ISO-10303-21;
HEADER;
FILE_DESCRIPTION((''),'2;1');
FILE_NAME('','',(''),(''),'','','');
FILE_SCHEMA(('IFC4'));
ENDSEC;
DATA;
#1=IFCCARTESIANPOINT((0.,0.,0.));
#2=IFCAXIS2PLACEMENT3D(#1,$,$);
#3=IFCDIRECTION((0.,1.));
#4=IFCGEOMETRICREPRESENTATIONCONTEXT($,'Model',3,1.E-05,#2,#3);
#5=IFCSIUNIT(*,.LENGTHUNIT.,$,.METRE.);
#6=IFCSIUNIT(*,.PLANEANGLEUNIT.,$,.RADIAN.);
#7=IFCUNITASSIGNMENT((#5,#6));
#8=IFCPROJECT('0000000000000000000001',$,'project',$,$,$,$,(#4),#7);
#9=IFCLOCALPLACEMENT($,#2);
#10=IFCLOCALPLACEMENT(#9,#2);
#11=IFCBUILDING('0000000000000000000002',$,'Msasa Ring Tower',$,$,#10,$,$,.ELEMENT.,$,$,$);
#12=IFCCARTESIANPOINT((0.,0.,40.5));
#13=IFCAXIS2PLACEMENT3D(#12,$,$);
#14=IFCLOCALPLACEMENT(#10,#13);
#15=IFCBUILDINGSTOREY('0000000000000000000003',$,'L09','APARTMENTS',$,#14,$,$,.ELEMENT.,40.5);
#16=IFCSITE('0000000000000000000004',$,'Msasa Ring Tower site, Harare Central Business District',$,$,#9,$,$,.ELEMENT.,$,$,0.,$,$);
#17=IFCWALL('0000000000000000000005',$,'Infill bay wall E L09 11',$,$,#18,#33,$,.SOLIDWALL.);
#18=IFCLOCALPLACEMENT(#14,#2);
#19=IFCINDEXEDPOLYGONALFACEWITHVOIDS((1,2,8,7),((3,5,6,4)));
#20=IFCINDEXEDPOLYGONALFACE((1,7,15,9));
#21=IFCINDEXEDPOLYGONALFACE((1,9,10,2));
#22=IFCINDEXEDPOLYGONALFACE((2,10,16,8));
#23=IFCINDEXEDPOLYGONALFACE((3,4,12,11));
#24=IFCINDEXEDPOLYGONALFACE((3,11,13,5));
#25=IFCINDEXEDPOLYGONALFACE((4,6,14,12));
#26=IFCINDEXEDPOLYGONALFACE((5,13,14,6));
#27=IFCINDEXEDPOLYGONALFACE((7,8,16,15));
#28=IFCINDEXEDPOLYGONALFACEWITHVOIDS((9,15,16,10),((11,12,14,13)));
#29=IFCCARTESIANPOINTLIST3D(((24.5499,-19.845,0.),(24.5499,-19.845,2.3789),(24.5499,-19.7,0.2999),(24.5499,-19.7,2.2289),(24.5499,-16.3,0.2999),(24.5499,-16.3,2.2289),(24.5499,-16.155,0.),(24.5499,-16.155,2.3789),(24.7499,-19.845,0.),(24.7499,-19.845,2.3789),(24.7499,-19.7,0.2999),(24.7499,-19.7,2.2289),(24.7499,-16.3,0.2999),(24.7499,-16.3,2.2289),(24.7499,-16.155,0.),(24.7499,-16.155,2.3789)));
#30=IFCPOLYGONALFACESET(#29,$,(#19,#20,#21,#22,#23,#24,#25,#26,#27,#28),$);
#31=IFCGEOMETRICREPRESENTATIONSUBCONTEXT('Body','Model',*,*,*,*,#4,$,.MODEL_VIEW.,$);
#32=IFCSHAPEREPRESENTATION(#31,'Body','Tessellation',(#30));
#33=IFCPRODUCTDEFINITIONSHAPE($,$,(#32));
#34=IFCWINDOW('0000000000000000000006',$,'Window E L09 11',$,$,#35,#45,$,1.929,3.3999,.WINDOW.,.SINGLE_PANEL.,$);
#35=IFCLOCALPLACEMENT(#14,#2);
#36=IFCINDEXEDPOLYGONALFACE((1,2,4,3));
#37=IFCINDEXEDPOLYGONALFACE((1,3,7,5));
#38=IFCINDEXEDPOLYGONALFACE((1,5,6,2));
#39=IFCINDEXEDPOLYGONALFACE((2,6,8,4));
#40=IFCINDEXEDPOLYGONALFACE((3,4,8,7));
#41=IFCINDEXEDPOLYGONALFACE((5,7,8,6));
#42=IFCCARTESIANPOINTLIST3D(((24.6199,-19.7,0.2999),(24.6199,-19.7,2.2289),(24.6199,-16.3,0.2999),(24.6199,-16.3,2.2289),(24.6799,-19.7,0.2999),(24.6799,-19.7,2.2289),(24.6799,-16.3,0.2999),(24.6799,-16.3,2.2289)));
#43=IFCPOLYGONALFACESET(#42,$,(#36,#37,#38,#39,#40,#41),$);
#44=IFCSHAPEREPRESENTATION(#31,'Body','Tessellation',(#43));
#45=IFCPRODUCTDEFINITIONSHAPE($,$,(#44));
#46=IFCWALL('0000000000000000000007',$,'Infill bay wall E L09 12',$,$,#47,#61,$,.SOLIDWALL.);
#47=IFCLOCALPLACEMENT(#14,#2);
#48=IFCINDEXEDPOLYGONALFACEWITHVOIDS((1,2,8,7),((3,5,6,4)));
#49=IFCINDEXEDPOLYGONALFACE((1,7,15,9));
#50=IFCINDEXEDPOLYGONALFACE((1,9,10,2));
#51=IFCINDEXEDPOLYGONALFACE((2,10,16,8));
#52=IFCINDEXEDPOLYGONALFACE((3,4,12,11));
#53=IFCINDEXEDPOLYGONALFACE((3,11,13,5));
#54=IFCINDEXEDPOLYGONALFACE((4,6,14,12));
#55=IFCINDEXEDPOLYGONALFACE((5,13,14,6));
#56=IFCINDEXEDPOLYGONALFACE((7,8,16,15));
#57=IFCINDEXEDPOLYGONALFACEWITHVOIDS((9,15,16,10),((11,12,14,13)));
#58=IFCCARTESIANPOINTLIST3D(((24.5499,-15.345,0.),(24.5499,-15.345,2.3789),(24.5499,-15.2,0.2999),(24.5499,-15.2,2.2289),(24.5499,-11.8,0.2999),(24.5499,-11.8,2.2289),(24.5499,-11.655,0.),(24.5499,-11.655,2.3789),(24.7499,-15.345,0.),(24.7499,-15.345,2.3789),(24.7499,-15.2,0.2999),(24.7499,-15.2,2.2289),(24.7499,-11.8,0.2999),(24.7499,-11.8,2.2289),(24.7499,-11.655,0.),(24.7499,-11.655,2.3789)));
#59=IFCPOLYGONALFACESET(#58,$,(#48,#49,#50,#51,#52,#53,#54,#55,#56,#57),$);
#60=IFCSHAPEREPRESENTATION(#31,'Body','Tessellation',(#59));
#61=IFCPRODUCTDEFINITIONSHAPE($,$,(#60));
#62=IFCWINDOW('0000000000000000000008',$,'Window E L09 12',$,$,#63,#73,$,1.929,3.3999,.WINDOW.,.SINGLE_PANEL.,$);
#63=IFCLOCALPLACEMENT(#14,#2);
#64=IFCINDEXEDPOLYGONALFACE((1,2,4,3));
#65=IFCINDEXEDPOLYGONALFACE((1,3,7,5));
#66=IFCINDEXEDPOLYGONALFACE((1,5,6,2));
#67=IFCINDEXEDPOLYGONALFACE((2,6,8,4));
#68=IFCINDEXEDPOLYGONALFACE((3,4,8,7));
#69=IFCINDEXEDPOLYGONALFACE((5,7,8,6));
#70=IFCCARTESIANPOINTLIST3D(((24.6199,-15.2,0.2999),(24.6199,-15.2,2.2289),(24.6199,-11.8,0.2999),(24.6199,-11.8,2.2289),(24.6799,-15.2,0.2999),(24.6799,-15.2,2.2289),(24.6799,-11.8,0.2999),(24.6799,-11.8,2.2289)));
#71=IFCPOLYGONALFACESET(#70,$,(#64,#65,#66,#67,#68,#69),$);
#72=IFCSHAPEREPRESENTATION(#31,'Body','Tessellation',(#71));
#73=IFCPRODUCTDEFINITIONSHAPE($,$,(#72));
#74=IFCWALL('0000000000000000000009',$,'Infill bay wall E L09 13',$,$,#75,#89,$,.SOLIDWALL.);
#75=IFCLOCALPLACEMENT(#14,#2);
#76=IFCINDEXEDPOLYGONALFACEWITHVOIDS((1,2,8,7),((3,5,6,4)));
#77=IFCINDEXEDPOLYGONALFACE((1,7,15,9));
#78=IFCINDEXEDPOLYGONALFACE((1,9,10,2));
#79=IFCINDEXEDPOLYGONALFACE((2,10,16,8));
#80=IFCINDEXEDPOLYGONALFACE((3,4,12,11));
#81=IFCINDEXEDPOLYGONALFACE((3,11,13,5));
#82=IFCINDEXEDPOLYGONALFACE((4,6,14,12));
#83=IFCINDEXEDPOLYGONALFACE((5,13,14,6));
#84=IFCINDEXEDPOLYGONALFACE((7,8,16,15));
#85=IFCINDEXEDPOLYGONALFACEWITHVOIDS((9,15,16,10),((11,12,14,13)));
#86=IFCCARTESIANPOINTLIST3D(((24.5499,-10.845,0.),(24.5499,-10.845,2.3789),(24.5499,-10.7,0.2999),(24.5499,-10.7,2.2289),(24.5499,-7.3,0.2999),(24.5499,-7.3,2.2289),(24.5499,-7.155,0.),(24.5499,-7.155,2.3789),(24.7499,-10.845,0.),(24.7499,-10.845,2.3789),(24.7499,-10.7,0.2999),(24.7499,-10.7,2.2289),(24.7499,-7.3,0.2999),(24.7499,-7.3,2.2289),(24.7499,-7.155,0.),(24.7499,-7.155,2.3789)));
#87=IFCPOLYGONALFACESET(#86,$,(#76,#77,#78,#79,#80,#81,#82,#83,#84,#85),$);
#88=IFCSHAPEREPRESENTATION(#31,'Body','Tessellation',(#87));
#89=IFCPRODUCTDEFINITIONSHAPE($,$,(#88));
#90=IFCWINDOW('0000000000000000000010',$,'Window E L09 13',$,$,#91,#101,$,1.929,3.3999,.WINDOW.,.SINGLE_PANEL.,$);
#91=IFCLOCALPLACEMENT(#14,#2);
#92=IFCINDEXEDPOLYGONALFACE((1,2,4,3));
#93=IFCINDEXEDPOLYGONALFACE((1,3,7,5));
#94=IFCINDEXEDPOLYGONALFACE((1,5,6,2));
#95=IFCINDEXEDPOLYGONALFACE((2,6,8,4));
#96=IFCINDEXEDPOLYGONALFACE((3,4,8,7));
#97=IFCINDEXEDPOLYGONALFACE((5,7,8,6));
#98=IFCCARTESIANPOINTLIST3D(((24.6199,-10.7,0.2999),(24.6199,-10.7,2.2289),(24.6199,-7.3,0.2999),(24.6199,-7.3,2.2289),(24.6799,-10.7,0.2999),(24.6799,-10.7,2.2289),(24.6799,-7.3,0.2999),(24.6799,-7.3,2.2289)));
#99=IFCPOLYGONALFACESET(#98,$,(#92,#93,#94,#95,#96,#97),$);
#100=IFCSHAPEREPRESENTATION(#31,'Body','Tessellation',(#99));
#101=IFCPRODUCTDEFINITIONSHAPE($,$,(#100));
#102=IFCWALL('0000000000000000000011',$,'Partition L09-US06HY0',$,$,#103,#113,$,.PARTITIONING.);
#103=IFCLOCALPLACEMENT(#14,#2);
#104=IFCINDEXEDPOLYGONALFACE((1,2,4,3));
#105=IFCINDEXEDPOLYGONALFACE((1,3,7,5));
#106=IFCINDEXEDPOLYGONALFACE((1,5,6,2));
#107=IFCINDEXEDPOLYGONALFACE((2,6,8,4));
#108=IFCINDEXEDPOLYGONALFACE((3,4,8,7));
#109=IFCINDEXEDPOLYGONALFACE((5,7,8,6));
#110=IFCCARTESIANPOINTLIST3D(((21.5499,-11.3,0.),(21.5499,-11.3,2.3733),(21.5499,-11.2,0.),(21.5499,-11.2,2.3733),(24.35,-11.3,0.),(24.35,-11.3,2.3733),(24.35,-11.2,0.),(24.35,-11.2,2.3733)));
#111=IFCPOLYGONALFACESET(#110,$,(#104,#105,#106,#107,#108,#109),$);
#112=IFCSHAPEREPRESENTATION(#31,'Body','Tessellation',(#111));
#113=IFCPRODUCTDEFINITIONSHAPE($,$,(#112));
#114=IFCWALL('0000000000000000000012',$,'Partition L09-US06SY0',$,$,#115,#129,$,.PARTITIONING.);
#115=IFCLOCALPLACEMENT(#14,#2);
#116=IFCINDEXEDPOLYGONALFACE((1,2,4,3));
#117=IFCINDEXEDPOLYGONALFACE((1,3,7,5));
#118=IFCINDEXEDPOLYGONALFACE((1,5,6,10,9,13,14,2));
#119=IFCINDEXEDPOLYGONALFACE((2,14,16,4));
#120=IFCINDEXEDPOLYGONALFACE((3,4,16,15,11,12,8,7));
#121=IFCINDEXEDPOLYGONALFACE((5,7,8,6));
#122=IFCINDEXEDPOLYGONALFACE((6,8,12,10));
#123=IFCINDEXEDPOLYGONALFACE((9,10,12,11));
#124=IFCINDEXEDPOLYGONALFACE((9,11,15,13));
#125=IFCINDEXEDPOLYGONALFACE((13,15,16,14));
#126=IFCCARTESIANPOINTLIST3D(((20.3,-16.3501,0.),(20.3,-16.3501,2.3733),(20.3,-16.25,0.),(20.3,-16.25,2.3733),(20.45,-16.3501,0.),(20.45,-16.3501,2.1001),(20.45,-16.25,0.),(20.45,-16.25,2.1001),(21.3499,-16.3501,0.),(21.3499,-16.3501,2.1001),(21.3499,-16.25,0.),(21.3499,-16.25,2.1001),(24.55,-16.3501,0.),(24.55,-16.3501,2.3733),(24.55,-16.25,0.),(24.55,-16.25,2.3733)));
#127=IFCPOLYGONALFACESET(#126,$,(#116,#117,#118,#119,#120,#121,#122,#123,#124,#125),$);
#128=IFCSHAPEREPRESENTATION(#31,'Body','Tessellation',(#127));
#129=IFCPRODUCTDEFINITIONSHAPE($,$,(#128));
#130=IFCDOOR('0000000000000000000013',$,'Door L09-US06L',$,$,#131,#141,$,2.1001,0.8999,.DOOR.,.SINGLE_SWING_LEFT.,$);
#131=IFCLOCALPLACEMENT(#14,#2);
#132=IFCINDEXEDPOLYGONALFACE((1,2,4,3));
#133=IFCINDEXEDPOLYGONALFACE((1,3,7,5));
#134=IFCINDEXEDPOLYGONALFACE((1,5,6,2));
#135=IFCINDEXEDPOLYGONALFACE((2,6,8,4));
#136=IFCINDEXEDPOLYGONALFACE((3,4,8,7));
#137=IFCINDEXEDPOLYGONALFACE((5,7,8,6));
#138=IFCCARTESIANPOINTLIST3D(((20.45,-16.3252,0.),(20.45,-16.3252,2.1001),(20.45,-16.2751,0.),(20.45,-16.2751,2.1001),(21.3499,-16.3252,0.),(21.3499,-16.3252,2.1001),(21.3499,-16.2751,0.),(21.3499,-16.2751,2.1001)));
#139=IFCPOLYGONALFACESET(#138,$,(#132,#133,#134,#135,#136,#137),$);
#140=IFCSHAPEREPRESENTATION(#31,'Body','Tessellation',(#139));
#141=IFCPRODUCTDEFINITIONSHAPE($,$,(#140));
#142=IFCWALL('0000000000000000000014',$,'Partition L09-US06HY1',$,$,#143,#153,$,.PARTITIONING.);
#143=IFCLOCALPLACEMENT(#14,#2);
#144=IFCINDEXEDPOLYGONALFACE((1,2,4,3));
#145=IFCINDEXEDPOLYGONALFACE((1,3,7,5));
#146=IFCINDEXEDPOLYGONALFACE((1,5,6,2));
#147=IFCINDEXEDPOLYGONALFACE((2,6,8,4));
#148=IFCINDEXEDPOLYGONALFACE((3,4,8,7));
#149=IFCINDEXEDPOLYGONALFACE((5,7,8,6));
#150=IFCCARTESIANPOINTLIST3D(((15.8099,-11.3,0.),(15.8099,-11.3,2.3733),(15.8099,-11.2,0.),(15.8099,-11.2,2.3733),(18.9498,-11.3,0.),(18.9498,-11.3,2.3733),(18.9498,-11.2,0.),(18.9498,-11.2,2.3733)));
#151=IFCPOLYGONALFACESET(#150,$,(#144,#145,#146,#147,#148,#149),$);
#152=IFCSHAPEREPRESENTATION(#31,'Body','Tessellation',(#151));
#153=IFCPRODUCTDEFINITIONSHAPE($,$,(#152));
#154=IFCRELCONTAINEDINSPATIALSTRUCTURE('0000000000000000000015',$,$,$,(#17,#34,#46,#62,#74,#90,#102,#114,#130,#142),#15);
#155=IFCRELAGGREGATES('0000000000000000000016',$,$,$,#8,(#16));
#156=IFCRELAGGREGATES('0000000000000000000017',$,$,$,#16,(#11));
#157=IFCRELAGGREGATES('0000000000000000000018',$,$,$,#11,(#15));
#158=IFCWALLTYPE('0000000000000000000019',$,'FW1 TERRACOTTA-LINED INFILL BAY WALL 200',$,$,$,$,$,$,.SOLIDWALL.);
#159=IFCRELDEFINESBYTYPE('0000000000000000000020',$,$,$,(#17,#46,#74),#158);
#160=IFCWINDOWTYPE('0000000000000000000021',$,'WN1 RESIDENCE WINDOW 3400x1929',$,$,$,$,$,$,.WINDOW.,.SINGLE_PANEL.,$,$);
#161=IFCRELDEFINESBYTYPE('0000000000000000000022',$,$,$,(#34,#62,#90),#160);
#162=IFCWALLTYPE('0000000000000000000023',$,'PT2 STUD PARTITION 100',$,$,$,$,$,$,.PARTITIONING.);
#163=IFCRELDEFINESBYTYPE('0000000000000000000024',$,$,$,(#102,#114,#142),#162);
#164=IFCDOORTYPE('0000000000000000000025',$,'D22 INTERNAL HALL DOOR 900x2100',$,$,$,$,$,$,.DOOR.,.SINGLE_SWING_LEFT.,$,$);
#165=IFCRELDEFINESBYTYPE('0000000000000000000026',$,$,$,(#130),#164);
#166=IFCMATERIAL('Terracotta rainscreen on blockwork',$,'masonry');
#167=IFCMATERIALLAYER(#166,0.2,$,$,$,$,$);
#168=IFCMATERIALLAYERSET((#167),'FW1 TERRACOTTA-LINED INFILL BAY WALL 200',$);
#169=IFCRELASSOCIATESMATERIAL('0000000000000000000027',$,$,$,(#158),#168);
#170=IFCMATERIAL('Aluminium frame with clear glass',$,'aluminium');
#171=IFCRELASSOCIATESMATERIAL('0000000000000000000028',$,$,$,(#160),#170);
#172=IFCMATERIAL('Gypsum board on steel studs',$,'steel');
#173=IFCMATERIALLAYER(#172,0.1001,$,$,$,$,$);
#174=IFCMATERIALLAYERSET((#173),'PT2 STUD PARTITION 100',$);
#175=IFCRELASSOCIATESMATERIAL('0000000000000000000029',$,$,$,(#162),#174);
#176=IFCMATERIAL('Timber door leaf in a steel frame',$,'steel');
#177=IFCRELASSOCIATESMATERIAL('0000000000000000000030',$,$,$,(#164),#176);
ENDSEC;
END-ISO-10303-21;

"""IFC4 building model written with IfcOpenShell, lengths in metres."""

from ifc_helpers import new_model, si_unit, direction, frame, frame_2d, origin, place, context, subcontext, project, spatial, rectangle, extrude, material, layer, layer_set, type_object, element, fill, save


model = new_model("IFC4")

# Units and contexts
model_context = context("Model", 3, precision=1e-05, world=origin(), true_north=direction((0.0, 1.0)))
body_context = subcontext(model_context, "Body", "Model", "MODEL_VIEW")
ifc_project = project(units=[si_unit("LENGTHUNIT", "METRE"), si_unit("PLANEANGLEUNIT", "RADIAN")], contexts=[model_context])

# Site, building, storey
site_placement = place(None, origin())
site = spatial("IfcSite", under=ifc_project, at=site_placement, Name="Msasa Ring Tower site, Harare Central Business District", CompositionType="ELEMENT", RefElevation=0.0)
building_placement = place(site_placement, origin())
building = spatial("IfcBuilding", under=site, at=building_placement, Name="Msasa Ring Tower", CompositionType="ELEMENT")
storey_placement = place(building_placement, frame((0.0, 0.0, 40.5)))
storey = spatial("IfcBuildingStorey", under=building, at=storey_placement, Name="L09", Description="APARTMENTS", CompositionType="ELEMENT", Elevation=40.5)

# Walls, openings, windows
ifc_material_1 = material(Name="Terracotta rainscreen on blockwork", Category="masonry")
ifc_layer_1 = layer(ifc_material_1, 0.2)
ifc_layer_set_1 = layer_set([ifc_layer_1], Name="FW1 TERRACOTTA-LINED INFILL BAY WALL 200")
wall_type_1 = type_object("IfcWallType", Name="FW1 TERRACOTTA-LINED INFILL BAY WALL 200", PredefinedType="SOLIDWALL", material=ifc_layer_set_1)
wall_1_placement = place(storey_placement, frame((24.6499, -19.845, 0.0), z_axis=(0.0, 0.0, 1.0), x_axis=(0.0, 1.0, 0.0)))
wall_1 = element("IfcWall", 1, at=wall_1_placement, inside=storey, type_object=wall_type_1, Name="Infill bay wall E L09 11", PredefinedType="SOLIDWALL", context=body_context, shape_type="SweptSolid", body=[
    extrude(rectangle(XDim=3.6899, YDim=0.2, at=frame_2d((1.845, 0.0))), origin(), (0.0, 0.0, 1.0), 2.3789),
])
opening_1_placement = place(wall_1_placement, frame((0.145, 0.0, 0.3)))
opening_1 = element("IfcOpeningElement", 2, at=opening_1_placement, cuts=wall_1, PredefinedType="OPENING", context=body_context, shape_type="SweptSolid", body=[
    extrude(rectangle(XDim=3.3999, YDim=1.929, at=frame_2d((1.7, 0.9644))), frame((0.0, 0.1099, 0.0), z_axis=(0.0, -1.0, 0.0), x_axis=(1.0, 0.0, 0.0)), (0.0, 0.0, 1.0), 0.22),
])
ifc_material_2 = material(Name="Aluminium frame with clear glass", Category="aluminium")
window_type = type_object("IfcWindowType", Name="WN1 RESIDENCE WINDOW 3400x1929", PartitioningType="SINGLE_PANEL", PredefinedType="WINDOW", material=ifc_material_2)
window_1_placement = place(opening_1_placement, origin())
window_1 = element("IfcWindow", 3, at=window_1_placement, inside=storey, type_object=window_type, Name="Window E L09 11", OverallHeight=1.929, OverallWidth=3.3999, PartitioningType="SINGLE_PANEL", PredefinedType="WINDOW", context=body_context, shape_type="SweptSolid", body=[
    extrude(rectangle(XDim=3.3999, YDim=1.929, at=frame_2d((1.7, 0.9644))), frame((0.0, 0.03, 0.0), z_axis=(0.0, -1.0, 0.0), x_axis=(1.0, 0.0, 0.0)), (0.0, 0.0, 1.0), 0.0601),
])
fill(opening_1, window_1)
wall_2_placement = place(storey_placement, frame((24.6499, -15.345, 0.0), z_axis=(0.0, 0.0, 1.0), x_axis=(0.0, 1.0, 0.0)))
wall_2 = element("IfcWall", 4, at=wall_2_placement, inside=storey, type_object=wall_type_1, Name="Infill bay wall E L09 12", PredefinedType="SOLIDWALL", context=body_context, shape_type="SweptSolid", body=[
    extrude(rectangle(XDim=3.6899, YDim=0.2, at=frame_2d((1.845, 0.0))), origin(), (0.0, 0.0, 1.0), 2.3789),
])
opening_2_placement = place(wall_2_placement, frame((0.145, 0.0, 0.3)))
opening_2 = element("IfcOpeningElement", 5, at=opening_2_placement, cuts=wall_2, PredefinedType="OPENING", context=body_context, shape_type="SweptSolid", body=[
    extrude(rectangle(XDim=3.3999, YDim=1.929, at=frame_2d((1.7, 0.9644))), frame((0.0, 0.1099, 0.0), z_axis=(0.0, -1.0, 0.0), x_axis=(1.0, 0.0, 0.0)), (0.0, 0.0, 1.0), 0.22),
])
window_2_placement = place(opening_2_placement, origin())
window_2 = element("IfcWindow", 6, at=window_2_placement, inside=storey, type_object=window_type, Name="Window E L09 12", OverallHeight=1.929, OverallWidth=3.3999, PartitioningType="SINGLE_PANEL", PredefinedType="WINDOW", context=body_context, shape_type="SweptSolid", body=[
    extrude(rectangle(XDim=3.3999, YDim=1.929, at=frame_2d((1.7, 0.9644))), frame((0.0, 0.03, 0.0), z_axis=(0.0, -1.0, 0.0), x_axis=(1.0, 0.0, 0.0)), (0.0, 0.0, 1.0), 0.0601),
])
fill(opening_2, window_2)
wall_3_placement = place(storey_placement, frame((24.6499, -10.845, 0.0), z_axis=(0.0, 0.0, 1.0), x_axis=(0.0, 1.0, 0.0)))
wall_3 = element("IfcWall", 7, at=wall_3_placement, inside=storey, type_object=wall_type_1, Name="Infill bay wall E L09 13", PredefinedType="SOLIDWALL", context=body_context, shape_type="SweptSolid", body=[
    extrude(rectangle(XDim=3.6899, YDim=0.2, at=frame_2d((1.845, 0.0))), origin(), (0.0, 0.0, 1.0), 2.3789),
])
opening_3_placement = place(wall_3_placement, frame((0.145, 0.0, 0.3)))
opening_3 = element("IfcOpeningElement", 8, at=opening_3_placement, cuts=wall_3, PredefinedType="OPENING", context=body_context, shape_type="SweptSolid", body=[
    extrude(rectangle(XDim=3.3999, YDim=1.929, at=frame_2d((1.7, 0.9644))), frame((0.0, 0.1099, 0.0), z_axis=(0.0, -1.0, 0.0), x_axis=(1.0, 0.0, 0.0)), (0.0, 0.0, 1.0), 0.22),
])
window_3_placement = place(opening_3_placement, origin())
window_3 = element("IfcWindow", 9, at=window_3_placement, inside=storey, type_object=window_type, Name="Window E L09 13", OverallHeight=1.929, OverallWidth=3.3999, PartitioningType="SINGLE_PANEL", PredefinedType="WINDOW", context=body_context, shape_type="SweptSolid", body=[
    extrude(rectangle(XDim=3.3999, YDim=1.929, at=frame_2d((1.7, 0.9644))), frame((0.0, 0.03, 0.0), z_axis=(0.0, -1.0, 0.0), x_axis=(1.0, 0.0, 0.0)), (0.0, 0.0, 1.0), 0.0601),
])
fill(opening_3, window_3)

# Wall
ifc_material_3 = material(Name="Gypsum board on steel studs", Category="steel")
ifc_layer_2 = layer(ifc_material_3, 0.1001)
ifc_layer_set_2 = layer_set([ifc_layer_2], Name="PT2 STUD PARTITION 100")
wall_type_2 = type_object("IfcWallType", Name="PT2 STUD PARTITION 100", PredefinedType="PARTITIONING", material=ifc_layer_set_2)
wall_4_placement = place(storey_placement, frame((21.55, -11.25, 0.0), z_axis=(0.0, 0.0, 1.0), x_axis=(1.0, 0.0, 0.0)))
element("IfcWall", 10, at=wall_4_placement, inside=storey, type_object=wall_type_2, Name="Partition L09-US06HY0", PredefinedType="PARTITIONING", context=body_context, shape_type="SweptSolid", body=[
    extrude(rectangle(XDim=2.8, YDim=0.1001, at=frame_2d((1.3999, 0.0))), origin(), (0.0, 0.0, 1.0), 2.3733),
])

# Wall, opening, door
wall_5_placement = place(storey_placement, frame((20.3, -16.3, 0.0), z_axis=(0.0, 0.0, 1.0), x_axis=(1.0, 0.0, 0.0)))
wall_5 = element("IfcWall", 11, at=wall_5_placement, inside=storey, type_object=wall_type_2, Name="Partition L09-US06SY0", PredefinedType="PARTITIONING", context=body_context, shape_type="SweptSolid", body=[
    extrude(rectangle(XDim=4.25, YDim=0.1001, at=frame_2d((2.125, 0.0))), origin(), (0.0, 0.0, 1.0), 2.3733),
])
opening_4_placement = place(wall_5_placement, frame((0.1499, 0.0, 0.0)))
opening_4 = element("IfcOpeningElement", 12, at=opening_4_placement, cuts=wall_5, PredefinedType="OPENING", context=body_context, shape_type="SweptSolid", body=[
    extrude(rectangle(XDim=0.8999, YDim=2.1001, at=frame_2d((0.45, 1.05))), frame((0.0, 0.0601, 0.0), z_axis=(0.0, -1.0, 0.0), x_axis=(1.0, 0.0, 0.0)), (0.0, 0.0, 1.0), 0.1201),
])
ifc_material_4 = material(Name="Timber door leaf in a steel frame", Category="steel")
door_type_1 = type_object("IfcDoorType", Name="D22 INTERNAL HALL DOOR 900x2100", OperationType="SINGLE_SWING_LEFT", PredefinedType="DOOR", material=ifc_material_4)
door_1_placement = place(opening_4_placement, origin())
door_1 = element("IfcDoor", 13, at=door_1_placement, inside=storey, type_object=door_type_1, Name="Door L09-US06L", OperationType="SINGLE_SWING_LEFT", OverallHeight=2.1001, OverallWidth=0.8999, PredefinedType="DOOR", context=body_context, shape_type="SweptSolid", body=[
    extrude(rectangle(XDim=0.8999, YDim=2.1001, at=frame_2d((0.45, 1.05))), frame((0.0, 0.0249, 0.0), z_axis=(0.0, -1.0, 0.0), x_axis=(1.0, 0.0, 0.0)), (0.0, 0.0, 1.0), 0.05),
])
fill(opening_4, door_1)

# Wall
wall_6_placement = place(storey_placement, frame((15.8101, -11.25, 0.0), z_axis=(0.0, 0.0, 1.0), x_axis=(1.0, 0.0, 0.0)))
element("IfcWall", 14, at=wall_6_placement, inside=storey, type_object=wall_type_2, Name="Partition L09-US06HY1", PredefinedType="PARTITIONING", context=body_context, shape_type="SweptSolid", body=[
    extrude(rectangle(XDim=3.1399, YDim=0.1001, at=frame_2d((1.5698, 0.0))), origin(), (0.0, 0.0, 1.0), 2.3733),
])

save(model, "model.ifc")
